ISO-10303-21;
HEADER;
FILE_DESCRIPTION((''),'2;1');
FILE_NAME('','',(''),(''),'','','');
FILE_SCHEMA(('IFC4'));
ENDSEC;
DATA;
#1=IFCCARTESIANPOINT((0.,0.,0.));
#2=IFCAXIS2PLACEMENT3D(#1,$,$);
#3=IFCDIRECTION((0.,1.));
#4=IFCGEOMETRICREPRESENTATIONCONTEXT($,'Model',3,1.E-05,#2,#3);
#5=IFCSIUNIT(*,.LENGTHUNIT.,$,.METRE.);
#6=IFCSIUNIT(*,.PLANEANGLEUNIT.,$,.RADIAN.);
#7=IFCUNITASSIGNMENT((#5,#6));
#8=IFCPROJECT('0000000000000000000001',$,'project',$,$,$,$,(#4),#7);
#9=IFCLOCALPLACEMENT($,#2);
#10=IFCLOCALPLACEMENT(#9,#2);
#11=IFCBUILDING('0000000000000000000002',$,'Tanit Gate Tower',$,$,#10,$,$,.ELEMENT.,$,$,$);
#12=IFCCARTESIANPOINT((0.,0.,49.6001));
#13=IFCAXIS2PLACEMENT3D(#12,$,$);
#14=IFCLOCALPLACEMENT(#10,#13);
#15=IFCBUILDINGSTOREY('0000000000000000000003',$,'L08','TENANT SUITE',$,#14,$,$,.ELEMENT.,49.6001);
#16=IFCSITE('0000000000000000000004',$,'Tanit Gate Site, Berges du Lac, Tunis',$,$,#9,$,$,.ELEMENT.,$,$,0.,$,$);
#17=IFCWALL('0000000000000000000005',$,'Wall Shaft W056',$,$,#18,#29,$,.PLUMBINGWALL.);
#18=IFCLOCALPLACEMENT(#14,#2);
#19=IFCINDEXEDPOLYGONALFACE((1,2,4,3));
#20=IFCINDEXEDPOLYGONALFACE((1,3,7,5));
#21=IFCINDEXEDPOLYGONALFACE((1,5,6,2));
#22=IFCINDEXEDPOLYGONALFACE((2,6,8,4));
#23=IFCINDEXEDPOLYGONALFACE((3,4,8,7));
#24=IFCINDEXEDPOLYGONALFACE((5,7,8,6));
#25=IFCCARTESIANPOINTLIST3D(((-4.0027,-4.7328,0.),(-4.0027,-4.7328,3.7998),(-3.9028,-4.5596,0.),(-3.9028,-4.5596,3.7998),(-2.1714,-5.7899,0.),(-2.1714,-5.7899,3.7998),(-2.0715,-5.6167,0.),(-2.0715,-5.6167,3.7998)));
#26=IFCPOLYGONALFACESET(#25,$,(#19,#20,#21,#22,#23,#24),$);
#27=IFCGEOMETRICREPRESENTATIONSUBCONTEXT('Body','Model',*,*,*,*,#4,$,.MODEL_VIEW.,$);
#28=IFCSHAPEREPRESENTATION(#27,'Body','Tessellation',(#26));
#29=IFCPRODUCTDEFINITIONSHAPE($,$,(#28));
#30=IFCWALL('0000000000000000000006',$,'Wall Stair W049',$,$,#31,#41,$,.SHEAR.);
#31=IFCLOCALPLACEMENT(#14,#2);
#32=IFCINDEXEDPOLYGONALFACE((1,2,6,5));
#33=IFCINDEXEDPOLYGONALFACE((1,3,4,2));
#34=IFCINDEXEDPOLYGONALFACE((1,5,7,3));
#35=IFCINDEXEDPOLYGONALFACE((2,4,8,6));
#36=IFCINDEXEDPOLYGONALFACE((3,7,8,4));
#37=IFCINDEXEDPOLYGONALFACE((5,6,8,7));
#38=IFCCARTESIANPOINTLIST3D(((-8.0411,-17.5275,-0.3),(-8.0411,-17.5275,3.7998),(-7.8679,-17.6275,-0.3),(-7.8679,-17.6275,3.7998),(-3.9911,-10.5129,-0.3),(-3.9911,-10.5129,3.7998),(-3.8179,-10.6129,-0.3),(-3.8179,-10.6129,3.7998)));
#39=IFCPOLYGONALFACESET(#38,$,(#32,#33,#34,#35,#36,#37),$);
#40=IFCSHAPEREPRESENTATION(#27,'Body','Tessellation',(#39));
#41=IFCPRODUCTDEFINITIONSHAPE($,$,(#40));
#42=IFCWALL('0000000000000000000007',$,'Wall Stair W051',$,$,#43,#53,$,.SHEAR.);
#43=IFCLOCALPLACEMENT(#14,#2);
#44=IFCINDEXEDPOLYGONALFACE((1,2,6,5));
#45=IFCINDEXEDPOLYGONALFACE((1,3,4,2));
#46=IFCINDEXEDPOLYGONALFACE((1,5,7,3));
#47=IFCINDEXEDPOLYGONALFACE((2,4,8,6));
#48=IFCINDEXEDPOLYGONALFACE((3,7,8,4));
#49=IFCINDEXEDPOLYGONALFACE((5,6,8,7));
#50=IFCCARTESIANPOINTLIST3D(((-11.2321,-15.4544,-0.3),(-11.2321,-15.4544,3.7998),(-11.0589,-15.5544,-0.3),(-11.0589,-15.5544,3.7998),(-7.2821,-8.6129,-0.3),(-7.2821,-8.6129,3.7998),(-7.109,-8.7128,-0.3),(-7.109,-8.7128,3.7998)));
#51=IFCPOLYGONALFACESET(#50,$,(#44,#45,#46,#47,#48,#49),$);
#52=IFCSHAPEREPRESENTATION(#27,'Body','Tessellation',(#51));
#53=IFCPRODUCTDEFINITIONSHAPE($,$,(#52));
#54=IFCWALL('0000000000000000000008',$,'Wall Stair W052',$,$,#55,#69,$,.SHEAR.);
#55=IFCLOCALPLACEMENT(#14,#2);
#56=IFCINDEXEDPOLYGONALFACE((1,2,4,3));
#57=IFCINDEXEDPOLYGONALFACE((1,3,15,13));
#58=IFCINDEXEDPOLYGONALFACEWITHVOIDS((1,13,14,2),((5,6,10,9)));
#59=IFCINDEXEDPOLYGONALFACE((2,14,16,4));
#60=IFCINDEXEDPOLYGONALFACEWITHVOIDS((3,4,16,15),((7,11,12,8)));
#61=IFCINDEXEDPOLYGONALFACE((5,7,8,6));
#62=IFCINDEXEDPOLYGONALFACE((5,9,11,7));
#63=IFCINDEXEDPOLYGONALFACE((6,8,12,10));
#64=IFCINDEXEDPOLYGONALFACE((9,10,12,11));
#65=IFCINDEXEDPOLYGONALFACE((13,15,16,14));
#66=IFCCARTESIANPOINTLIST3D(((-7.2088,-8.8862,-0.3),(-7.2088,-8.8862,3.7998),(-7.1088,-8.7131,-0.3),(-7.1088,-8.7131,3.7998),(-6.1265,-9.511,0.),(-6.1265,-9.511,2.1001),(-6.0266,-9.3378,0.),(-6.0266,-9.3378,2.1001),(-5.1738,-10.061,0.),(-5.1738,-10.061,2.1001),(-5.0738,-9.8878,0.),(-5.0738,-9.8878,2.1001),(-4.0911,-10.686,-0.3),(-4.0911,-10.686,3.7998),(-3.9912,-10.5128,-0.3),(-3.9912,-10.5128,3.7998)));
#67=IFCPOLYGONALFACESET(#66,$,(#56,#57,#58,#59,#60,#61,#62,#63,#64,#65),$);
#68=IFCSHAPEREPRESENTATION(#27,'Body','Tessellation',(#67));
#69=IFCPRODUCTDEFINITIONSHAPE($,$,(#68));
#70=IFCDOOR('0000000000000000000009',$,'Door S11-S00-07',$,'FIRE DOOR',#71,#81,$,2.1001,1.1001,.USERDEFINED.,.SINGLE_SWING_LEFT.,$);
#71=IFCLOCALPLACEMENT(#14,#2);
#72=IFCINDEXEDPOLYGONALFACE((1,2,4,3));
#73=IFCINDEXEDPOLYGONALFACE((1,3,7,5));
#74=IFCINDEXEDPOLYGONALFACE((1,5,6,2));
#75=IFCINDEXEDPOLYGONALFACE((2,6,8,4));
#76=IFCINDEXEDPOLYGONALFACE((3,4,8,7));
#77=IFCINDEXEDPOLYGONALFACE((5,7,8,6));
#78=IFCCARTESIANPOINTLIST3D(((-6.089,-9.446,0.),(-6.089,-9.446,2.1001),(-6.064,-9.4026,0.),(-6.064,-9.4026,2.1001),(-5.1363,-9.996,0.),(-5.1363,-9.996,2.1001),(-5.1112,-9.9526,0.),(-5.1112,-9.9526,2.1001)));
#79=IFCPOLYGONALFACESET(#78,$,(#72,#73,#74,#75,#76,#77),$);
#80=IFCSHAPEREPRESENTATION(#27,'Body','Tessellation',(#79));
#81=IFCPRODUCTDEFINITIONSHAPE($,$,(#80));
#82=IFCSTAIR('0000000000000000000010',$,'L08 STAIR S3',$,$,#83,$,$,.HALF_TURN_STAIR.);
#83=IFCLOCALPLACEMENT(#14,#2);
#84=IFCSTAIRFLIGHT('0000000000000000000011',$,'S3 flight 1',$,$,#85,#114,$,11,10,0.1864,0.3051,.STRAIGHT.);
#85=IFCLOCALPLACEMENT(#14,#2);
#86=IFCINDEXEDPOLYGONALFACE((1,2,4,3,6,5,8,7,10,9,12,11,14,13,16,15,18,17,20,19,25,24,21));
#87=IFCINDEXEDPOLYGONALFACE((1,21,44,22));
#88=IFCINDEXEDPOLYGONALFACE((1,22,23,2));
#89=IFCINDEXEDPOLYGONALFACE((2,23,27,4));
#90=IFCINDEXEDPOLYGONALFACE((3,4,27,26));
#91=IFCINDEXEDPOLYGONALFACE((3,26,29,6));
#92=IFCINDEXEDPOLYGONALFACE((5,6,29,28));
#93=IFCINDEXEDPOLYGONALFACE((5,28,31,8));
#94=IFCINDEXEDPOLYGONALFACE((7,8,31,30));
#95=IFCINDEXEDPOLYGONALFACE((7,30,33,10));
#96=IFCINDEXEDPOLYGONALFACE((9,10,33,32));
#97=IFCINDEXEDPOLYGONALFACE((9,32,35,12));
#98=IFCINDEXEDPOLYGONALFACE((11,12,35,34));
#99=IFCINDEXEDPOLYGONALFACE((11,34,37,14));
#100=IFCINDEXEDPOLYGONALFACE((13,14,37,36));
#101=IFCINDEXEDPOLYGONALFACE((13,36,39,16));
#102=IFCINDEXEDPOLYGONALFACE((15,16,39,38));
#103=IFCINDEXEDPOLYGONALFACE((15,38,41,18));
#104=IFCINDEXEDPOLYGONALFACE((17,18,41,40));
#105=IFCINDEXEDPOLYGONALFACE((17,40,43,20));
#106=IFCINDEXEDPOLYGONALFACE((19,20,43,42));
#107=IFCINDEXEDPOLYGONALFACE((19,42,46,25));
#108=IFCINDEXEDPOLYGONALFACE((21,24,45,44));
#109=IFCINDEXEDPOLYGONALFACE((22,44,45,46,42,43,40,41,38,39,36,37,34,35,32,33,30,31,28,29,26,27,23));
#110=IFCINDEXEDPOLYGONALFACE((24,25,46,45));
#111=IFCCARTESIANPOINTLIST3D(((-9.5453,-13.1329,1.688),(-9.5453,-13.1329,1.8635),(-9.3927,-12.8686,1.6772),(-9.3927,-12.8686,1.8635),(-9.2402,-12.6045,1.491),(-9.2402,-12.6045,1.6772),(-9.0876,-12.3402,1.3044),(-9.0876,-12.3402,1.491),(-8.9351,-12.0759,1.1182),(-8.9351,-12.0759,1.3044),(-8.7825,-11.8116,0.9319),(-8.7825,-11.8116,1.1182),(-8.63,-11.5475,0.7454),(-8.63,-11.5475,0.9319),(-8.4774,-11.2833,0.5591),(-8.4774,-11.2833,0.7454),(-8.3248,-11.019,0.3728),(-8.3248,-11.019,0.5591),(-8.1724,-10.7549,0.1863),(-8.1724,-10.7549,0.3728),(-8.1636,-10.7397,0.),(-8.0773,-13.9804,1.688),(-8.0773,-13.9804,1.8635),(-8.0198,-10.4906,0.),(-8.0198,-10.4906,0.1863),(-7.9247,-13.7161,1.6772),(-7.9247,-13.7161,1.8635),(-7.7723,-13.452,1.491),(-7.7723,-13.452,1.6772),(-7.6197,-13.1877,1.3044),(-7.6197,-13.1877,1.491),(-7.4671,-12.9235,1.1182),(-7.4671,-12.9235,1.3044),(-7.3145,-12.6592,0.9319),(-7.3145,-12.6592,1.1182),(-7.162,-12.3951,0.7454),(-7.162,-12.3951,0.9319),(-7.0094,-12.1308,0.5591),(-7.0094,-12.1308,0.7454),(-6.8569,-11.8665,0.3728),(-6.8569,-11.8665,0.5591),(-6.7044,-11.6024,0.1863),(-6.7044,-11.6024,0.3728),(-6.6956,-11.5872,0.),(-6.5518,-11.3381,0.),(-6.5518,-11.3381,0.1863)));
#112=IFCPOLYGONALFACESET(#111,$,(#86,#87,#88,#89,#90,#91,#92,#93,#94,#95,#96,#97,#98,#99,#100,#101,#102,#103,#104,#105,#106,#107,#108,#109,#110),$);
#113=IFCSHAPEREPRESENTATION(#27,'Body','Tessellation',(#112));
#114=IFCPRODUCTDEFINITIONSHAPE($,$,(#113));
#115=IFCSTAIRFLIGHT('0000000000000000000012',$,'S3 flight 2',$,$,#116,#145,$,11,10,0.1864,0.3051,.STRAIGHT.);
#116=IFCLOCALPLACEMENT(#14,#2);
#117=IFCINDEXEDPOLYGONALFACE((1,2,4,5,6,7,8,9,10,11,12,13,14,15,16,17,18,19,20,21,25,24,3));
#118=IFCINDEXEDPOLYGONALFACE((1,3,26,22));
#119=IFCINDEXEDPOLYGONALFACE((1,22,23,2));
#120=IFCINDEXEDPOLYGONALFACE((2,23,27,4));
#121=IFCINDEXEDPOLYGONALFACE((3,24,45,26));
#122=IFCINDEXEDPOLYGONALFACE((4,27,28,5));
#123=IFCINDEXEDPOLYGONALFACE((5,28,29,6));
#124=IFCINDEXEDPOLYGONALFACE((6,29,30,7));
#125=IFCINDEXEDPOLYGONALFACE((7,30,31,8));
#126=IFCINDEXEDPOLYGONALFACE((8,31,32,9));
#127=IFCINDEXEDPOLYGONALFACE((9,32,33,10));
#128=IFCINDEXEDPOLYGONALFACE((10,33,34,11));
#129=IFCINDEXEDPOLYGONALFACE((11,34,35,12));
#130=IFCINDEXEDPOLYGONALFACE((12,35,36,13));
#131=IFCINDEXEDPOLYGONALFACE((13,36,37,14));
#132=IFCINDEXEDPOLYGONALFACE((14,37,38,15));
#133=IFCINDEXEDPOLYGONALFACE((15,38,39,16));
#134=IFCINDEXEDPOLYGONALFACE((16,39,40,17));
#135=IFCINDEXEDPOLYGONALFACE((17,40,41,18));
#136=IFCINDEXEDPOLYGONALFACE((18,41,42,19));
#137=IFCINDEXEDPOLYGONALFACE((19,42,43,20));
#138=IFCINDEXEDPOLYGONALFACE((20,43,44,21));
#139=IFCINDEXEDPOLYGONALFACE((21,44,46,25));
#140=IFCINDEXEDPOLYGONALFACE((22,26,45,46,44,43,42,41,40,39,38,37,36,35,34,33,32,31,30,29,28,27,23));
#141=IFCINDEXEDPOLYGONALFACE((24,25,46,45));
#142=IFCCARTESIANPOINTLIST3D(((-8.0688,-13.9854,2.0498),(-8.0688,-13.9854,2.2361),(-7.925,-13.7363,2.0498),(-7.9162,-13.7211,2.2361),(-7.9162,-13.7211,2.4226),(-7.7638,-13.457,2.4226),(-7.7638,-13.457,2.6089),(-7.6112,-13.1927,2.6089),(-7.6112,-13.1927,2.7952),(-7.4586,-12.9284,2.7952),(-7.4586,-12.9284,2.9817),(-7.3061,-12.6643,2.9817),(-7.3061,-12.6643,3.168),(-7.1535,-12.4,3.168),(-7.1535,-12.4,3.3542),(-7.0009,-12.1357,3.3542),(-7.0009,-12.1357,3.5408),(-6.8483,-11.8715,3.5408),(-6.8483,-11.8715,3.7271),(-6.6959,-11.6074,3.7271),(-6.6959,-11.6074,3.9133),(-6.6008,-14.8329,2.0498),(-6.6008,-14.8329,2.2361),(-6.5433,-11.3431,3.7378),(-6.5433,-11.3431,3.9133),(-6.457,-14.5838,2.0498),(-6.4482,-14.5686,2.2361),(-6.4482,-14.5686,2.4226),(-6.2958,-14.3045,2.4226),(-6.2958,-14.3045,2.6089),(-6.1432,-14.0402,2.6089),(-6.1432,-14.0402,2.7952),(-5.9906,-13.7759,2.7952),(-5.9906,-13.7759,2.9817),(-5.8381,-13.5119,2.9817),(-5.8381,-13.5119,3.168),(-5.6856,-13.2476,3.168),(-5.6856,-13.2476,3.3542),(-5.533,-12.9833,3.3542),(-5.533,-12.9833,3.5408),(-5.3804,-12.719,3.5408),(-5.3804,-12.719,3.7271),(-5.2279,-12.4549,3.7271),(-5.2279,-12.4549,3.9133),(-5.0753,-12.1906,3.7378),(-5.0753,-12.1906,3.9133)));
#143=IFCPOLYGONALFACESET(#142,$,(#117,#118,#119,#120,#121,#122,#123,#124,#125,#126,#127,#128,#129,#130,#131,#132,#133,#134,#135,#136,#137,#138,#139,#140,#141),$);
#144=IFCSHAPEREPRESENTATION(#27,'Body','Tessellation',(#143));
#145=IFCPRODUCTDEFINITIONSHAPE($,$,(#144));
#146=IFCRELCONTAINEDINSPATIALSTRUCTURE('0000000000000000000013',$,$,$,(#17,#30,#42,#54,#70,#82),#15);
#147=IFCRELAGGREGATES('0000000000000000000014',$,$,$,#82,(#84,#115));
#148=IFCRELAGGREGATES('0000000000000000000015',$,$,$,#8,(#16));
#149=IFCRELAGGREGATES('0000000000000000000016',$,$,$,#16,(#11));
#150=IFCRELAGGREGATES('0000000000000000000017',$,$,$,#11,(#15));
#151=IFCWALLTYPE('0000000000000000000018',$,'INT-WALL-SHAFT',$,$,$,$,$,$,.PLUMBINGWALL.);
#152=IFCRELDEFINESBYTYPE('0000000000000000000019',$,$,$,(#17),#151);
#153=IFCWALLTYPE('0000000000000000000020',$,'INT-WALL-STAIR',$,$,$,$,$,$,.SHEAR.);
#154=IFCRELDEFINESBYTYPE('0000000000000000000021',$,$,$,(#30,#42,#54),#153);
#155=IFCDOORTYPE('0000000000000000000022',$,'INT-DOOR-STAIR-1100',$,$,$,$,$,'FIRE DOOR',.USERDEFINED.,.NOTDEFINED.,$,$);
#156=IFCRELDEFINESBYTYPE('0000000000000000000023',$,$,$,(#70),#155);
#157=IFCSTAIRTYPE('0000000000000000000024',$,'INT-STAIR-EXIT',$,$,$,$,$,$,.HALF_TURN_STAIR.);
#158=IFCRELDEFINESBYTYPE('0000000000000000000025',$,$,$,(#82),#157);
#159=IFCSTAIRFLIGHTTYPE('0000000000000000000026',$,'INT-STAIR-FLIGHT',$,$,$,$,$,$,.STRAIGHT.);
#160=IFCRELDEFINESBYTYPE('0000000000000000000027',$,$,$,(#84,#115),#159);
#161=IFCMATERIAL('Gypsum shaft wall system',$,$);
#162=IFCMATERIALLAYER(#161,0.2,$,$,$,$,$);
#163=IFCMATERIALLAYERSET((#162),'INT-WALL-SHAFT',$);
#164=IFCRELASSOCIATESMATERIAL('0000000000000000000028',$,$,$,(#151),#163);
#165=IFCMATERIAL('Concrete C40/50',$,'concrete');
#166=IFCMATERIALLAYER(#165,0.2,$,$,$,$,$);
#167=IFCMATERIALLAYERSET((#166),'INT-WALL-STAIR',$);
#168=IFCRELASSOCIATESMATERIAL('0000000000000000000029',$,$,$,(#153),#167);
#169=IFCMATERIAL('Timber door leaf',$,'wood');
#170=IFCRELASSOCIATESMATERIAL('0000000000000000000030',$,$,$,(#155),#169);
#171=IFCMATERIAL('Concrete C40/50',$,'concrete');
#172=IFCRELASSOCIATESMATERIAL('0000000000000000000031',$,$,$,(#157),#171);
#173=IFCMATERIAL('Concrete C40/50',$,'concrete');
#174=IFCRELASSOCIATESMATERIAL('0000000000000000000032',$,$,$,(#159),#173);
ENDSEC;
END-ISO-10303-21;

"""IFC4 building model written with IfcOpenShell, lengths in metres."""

from ifc_helpers import new_model, si_unit, direction, frame, frame_2d, origin, place, context, subcontext, project, spatial, polyline, rectangle, outline, extrude, material, layer, layer_set, type_object, element, fill, aggregate, save


model = new_model("IFC4")

# Units and contexts
model_context = context("Model", 3, precision=1e-05, world=origin(), true_north=direction((0.0, 1.0)))
body_context = subcontext(model_context, "Body", "Model", "MODEL_VIEW")
ifc_project = project(units=[si_unit("LENGTHUNIT", "METRE"), si_unit("PLANEANGLEUNIT", "RADIAN")], contexts=[model_context])

# Site, building, storey
site_placement = place(None, origin())
site = spatial("IfcSite", under=ifc_project, at=site_placement, Name="Tanit Gate Site, Berges du Lac, Tunis", CompositionType="ELEMENT", RefElevation=0.0)
building_placement = place(site_placement, origin())
building = spatial("IfcBuilding", under=site, at=building_placement, Name="Tanit Gate Tower", CompositionType="ELEMENT")
storey_placement = place(building_placement, frame((0.0, 0.0, 49.6001)))
storey = spatial("IfcBuildingStorey", under=building, at=storey_placement, Name="L08", Description="TENANT SUITE", CompositionType="ELEMENT", Elevation=49.6001)

# Shared definitions
ifc_material_1 = material(Name="Gypsum shaft wall system")
ifc_layer_1 = layer(ifc_material_1, 0.2)
ifc_layer_set_1 = layer_set([ifc_layer_1], Name="INT-WALL-SHAFT")
wall_type_1 = type_object("IfcWallType", Name="INT-WALL-SHAFT", PredefinedType="PLUMBINGWALL", material=ifc_layer_set_1)

# Walls
wall_1_placement = place(storey_placement, frame((-3.9526, -4.6462, 0.0), z_axis=(0.0, 0.0, 1.0), x_axis=(0.866061, -0.499939, 0.0)))
element("IfcWall", 1, at=wall_1_placement, inside=storey, type_object=wall_type_1, Name="Wall Shaft W056", PredefinedType="PLUMBINGWALL", context=body_context, shape_type="SweptSolid", body=[
    extrude(rectangle(XDim=2.1145, YDim=0.2, at=frame_2d((1.0571, 0.0))), origin(), (0.0, 0.0, 1.0), 3.7998),
])
ifc_material_2 = material(Name="Concrete C40/50", Category="concrete")
ifc_layer_2 = layer(ifc_material_2, 0.2)
ifc_layer_set_2 = layer_set([ifc_layer_2], Name="INT-WALL-STAIR")
wall_type_2 = type_object("IfcWallType", Name="INT-WALL-STAIR", PredefinedType="SHEAR", material=ifc_layer_set_2)
wall_2_placement = place(storey_placement, frame((-3.9045, -10.563, -0.3), z_axis=(0.0, 0.0, 1.0), x_axis=(-0.500013, -0.866018, 0.0)))
element("IfcWall", 2, at=wall_2_placement, inside=storey, type_object=wall_type_2, Name="Wall Stair W049", PredefinedType="SHEAR", context=body_context, shape_type="SweptSolid", body=[
    extrude(rectangle(XDim=8.0999, YDim=0.2, at=frame_2d((4.0498, 0.0))), origin(), (0.0, 0.0, 1.0), 4.0999),
])
wall_3_placement = place(storey_placement, frame((-7.1956, -8.6628, -0.3), z_axis=(0.0, 0.0, 1.0), x_axis=(-0.499998, -0.866027, 0.0)))
element("IfcWall", 3, at=wall_3_placement, inside=storey, type_object=wall_type_2, Name="Wall Stair W051", PredefinedType="SHEAR", context=body_context, shape_type="SweptSolid", body=[
    extrude(rectangle(XDim=7.8999, YDim=0.2, at=frame_2d((3.95, 0.0))), origin(), (0.0, 0.0, 1.0), 4.0999),
])

# Wall, opening, door
wall_4_placement = place(storey_placement, frame((-4.0413, -10.5994, -0.3), z_axis=(0.0, 0.0, 1.0), x_axis=(-0.866048, 0.499961, 0.0)))
wall_4 = element("IfcWall", 4, at=wall_4_placement, inside=storey, type_object=wall_type_2, Name="Wall Stair W052", PredefinedType="SHEAR", context=body_context, shape_type="SweptSolid", body=[
    extrude(rectangle(XDim=3.5999, YDim=0.2, at=frame_2d((1.7998, 0.0))), origin(), (0.0, 0.0, 1.0), 4.0999),
])
opening_1_placement = place(wall_4_placement, frame((1.25, 0.0, 0.3)))
opening_1 = element("IfcOpeningElement", 5, at=opening_1_placement, cuts=wall_4, PredefinedType="OPENING", context=body_context, shape_type="SweptSolid", body=[
    extrude(rectangle(XDim=1.1001, YDim=2.1001, at=frame_2d((0.55, 1.05))), frame((0.0, 0.1099, 0.0), z_axis=(0.0, -1.0, 0.0), x_axis=(1.0, 0.0, 0.0)), (0.0, 0.0, 1.0), 0.22),
])
ifc_material_3 = material(Name="Timber door leaf", Category="wood")
door_type_1 = type_object("IfcDoorType", Name="INT-DOOR-STAIR-1100", ElementType="FIRE DOOR", OperationType="NOTDEFINED", PredefinedType="USERDEFINED", material=ifc_material_3)
door_1_placement = place(opening_1_placement, origin())
door_1 = element("IfcDoor", 6, at=door_1_placement, inside=storey, type_object=door_type_1, Name="Door S11-S00-07", ObjectType="FIRE DOOR", OperationType="SINGLE_SWING_LEFT", OverallHeight=2.1001, OverallWidth=1.1001, PredefinedType="USERDEFINED", context=body_context, shape_type="SweptSolid", body=[
    extrude(rectangle(XDim=1.1001, YDim=2.1001, at=frame_2d((0.55, 1.05))), frame((0.0, 0.0249, 0.0), z_axis=(0.0, -1.0, 0.0), x_axis=(1.0, 0.0, 0.0)), (0.0, 0.0, 1.0), 0.05),
])
fill(opening_1, door_1)

# Stair, stair flights
ifc_material_4 = material(Name="Concrete C40/50", Category="concrete")
stair_type = type_object("IfcStairType", Name="INT-STAIR-EXIT", PredefinedType="HALF_TURN_STAIR", material=ifc_material_4)
stair_placement = place(storey_placement, origin())
stair = element("IfcStair", 7, at=stair_placement, inside=storey, type_object=stair_type, Name="L08 STAIR S3", PredefinedType="HALF_TURN_STAIR")
ifc_material_5 = material(Name="Concrete C40/50", Category="concrete")
stair_flight_type = type_object("IfcStairFlightType", Name="INT-STAIR-FLIGHT", PredefinedType="STRAIGHT", material=ifc_material_5)
stair_flight_1_placement = place(storey_placement, frame((-7.2859, -10.9143, 0.0), z_axis=(0.0, 0.0, 1.0), x_axis=(-0.5, -0.866025, 0.0)))
stair_flight_1 = element("IfcStairFlight", 8, at=stair_flight_1_placement, type_object=stair_flight_type, Name="S3 flight 1", NumberOfRisers=11, NumberOfTreads=10, PredefinedType="STRAIGHT", RiserHeight=0.1864, TreadLength=0.3051, context=body_context, shape_type="SweptSolid", body=[
    extrude(outline(polyline([(0.0, 0.0), (0.0, 0.1863), (0.3052, 0.1863), (0.3052, 0.3728), (0.6101, 0.3728), (0.6101, 0.5591), (0.9153, 0.5591), (0.9153, 0.7454), (1.2205, 0.7454), (1.2205, 0.9319), (1.5254, 0.9319), (1.5254, 1.1182), (1.8306, 1.1182), (1.8306, 1.3044), (2.1357, 1.3044), (2.1357, 1.491), (2.4409, 1.491), (2.4409, 1.6772), (2.7458, 1.6772), (2.7458, 1.8635), (3.051, 1.8635), (3.051, 2.05), (3.051, 1.688), (0.2876, 0.0), (0.0, 0.0)])), frame((0.0, 0.8477, 0.0), z_axis=(0.0, -1.0, 0.0), x_axis=(1.0, 0.0, 0.0)), (0.0, 0.0, 1.0), 1.6951),
])
stair_flight_2_placement = place(storey_placement, frame((-7.3347, -14.4092, 2.0498), z_axis=(0.0, 0.0, 1.0), x_axis=(0.5, 0.866025, 0.0)))
stair_flight_2 = element("IfcStairFlight", 9, at=stair_flight_2_placement, type_object=stair_flight_type, Name="S3 flight 2", NumberOfRisers=11, NumberOfTreads=10, PredefinedType="STRAIGHT", RiserHeight=0.1864, TreadLength=0.3051, context=body_context, shape_type="SweptSolid", body=[
    extrude(outline(polyline([(0.0, 0.0), (0.0, 0.1863), (0.3052, 0.1863), (0.3052, 0.3728), (0.6101, 0.3728), (0.6101, 0.5591), (0.9153, 0.5591), (0.9153, 0.7454), (1.2205, 0.7454), (1.2205, 0.9319), (1.5254, 0.9319), (1.5254, 1.1182), (1.8306, 1.1182), (1.8306, 1.3044), (2.1357, 1.3044), (2.1357, 1.491), (2.4409, 1.491), (2.4409, 1.6772), (2.7458, 1.6772), (2.7458, 1.8635), (3.051, 1.8635), (3.051, 2.05), (3.051, 1.688), (0.2876, 0.0), (0.0, 0.0)])), frame((0.0, 0.8477, 0.0), z_axis=(0.0, -1.0, 0.0), x_axis=(1.0, 0.0, 0.0)), (0.0, 0.0, 1.0), 1.6951),
])
aggregate(stair, [stair_flight_1, stair_flight_2])

save(model, "model.ifc")
